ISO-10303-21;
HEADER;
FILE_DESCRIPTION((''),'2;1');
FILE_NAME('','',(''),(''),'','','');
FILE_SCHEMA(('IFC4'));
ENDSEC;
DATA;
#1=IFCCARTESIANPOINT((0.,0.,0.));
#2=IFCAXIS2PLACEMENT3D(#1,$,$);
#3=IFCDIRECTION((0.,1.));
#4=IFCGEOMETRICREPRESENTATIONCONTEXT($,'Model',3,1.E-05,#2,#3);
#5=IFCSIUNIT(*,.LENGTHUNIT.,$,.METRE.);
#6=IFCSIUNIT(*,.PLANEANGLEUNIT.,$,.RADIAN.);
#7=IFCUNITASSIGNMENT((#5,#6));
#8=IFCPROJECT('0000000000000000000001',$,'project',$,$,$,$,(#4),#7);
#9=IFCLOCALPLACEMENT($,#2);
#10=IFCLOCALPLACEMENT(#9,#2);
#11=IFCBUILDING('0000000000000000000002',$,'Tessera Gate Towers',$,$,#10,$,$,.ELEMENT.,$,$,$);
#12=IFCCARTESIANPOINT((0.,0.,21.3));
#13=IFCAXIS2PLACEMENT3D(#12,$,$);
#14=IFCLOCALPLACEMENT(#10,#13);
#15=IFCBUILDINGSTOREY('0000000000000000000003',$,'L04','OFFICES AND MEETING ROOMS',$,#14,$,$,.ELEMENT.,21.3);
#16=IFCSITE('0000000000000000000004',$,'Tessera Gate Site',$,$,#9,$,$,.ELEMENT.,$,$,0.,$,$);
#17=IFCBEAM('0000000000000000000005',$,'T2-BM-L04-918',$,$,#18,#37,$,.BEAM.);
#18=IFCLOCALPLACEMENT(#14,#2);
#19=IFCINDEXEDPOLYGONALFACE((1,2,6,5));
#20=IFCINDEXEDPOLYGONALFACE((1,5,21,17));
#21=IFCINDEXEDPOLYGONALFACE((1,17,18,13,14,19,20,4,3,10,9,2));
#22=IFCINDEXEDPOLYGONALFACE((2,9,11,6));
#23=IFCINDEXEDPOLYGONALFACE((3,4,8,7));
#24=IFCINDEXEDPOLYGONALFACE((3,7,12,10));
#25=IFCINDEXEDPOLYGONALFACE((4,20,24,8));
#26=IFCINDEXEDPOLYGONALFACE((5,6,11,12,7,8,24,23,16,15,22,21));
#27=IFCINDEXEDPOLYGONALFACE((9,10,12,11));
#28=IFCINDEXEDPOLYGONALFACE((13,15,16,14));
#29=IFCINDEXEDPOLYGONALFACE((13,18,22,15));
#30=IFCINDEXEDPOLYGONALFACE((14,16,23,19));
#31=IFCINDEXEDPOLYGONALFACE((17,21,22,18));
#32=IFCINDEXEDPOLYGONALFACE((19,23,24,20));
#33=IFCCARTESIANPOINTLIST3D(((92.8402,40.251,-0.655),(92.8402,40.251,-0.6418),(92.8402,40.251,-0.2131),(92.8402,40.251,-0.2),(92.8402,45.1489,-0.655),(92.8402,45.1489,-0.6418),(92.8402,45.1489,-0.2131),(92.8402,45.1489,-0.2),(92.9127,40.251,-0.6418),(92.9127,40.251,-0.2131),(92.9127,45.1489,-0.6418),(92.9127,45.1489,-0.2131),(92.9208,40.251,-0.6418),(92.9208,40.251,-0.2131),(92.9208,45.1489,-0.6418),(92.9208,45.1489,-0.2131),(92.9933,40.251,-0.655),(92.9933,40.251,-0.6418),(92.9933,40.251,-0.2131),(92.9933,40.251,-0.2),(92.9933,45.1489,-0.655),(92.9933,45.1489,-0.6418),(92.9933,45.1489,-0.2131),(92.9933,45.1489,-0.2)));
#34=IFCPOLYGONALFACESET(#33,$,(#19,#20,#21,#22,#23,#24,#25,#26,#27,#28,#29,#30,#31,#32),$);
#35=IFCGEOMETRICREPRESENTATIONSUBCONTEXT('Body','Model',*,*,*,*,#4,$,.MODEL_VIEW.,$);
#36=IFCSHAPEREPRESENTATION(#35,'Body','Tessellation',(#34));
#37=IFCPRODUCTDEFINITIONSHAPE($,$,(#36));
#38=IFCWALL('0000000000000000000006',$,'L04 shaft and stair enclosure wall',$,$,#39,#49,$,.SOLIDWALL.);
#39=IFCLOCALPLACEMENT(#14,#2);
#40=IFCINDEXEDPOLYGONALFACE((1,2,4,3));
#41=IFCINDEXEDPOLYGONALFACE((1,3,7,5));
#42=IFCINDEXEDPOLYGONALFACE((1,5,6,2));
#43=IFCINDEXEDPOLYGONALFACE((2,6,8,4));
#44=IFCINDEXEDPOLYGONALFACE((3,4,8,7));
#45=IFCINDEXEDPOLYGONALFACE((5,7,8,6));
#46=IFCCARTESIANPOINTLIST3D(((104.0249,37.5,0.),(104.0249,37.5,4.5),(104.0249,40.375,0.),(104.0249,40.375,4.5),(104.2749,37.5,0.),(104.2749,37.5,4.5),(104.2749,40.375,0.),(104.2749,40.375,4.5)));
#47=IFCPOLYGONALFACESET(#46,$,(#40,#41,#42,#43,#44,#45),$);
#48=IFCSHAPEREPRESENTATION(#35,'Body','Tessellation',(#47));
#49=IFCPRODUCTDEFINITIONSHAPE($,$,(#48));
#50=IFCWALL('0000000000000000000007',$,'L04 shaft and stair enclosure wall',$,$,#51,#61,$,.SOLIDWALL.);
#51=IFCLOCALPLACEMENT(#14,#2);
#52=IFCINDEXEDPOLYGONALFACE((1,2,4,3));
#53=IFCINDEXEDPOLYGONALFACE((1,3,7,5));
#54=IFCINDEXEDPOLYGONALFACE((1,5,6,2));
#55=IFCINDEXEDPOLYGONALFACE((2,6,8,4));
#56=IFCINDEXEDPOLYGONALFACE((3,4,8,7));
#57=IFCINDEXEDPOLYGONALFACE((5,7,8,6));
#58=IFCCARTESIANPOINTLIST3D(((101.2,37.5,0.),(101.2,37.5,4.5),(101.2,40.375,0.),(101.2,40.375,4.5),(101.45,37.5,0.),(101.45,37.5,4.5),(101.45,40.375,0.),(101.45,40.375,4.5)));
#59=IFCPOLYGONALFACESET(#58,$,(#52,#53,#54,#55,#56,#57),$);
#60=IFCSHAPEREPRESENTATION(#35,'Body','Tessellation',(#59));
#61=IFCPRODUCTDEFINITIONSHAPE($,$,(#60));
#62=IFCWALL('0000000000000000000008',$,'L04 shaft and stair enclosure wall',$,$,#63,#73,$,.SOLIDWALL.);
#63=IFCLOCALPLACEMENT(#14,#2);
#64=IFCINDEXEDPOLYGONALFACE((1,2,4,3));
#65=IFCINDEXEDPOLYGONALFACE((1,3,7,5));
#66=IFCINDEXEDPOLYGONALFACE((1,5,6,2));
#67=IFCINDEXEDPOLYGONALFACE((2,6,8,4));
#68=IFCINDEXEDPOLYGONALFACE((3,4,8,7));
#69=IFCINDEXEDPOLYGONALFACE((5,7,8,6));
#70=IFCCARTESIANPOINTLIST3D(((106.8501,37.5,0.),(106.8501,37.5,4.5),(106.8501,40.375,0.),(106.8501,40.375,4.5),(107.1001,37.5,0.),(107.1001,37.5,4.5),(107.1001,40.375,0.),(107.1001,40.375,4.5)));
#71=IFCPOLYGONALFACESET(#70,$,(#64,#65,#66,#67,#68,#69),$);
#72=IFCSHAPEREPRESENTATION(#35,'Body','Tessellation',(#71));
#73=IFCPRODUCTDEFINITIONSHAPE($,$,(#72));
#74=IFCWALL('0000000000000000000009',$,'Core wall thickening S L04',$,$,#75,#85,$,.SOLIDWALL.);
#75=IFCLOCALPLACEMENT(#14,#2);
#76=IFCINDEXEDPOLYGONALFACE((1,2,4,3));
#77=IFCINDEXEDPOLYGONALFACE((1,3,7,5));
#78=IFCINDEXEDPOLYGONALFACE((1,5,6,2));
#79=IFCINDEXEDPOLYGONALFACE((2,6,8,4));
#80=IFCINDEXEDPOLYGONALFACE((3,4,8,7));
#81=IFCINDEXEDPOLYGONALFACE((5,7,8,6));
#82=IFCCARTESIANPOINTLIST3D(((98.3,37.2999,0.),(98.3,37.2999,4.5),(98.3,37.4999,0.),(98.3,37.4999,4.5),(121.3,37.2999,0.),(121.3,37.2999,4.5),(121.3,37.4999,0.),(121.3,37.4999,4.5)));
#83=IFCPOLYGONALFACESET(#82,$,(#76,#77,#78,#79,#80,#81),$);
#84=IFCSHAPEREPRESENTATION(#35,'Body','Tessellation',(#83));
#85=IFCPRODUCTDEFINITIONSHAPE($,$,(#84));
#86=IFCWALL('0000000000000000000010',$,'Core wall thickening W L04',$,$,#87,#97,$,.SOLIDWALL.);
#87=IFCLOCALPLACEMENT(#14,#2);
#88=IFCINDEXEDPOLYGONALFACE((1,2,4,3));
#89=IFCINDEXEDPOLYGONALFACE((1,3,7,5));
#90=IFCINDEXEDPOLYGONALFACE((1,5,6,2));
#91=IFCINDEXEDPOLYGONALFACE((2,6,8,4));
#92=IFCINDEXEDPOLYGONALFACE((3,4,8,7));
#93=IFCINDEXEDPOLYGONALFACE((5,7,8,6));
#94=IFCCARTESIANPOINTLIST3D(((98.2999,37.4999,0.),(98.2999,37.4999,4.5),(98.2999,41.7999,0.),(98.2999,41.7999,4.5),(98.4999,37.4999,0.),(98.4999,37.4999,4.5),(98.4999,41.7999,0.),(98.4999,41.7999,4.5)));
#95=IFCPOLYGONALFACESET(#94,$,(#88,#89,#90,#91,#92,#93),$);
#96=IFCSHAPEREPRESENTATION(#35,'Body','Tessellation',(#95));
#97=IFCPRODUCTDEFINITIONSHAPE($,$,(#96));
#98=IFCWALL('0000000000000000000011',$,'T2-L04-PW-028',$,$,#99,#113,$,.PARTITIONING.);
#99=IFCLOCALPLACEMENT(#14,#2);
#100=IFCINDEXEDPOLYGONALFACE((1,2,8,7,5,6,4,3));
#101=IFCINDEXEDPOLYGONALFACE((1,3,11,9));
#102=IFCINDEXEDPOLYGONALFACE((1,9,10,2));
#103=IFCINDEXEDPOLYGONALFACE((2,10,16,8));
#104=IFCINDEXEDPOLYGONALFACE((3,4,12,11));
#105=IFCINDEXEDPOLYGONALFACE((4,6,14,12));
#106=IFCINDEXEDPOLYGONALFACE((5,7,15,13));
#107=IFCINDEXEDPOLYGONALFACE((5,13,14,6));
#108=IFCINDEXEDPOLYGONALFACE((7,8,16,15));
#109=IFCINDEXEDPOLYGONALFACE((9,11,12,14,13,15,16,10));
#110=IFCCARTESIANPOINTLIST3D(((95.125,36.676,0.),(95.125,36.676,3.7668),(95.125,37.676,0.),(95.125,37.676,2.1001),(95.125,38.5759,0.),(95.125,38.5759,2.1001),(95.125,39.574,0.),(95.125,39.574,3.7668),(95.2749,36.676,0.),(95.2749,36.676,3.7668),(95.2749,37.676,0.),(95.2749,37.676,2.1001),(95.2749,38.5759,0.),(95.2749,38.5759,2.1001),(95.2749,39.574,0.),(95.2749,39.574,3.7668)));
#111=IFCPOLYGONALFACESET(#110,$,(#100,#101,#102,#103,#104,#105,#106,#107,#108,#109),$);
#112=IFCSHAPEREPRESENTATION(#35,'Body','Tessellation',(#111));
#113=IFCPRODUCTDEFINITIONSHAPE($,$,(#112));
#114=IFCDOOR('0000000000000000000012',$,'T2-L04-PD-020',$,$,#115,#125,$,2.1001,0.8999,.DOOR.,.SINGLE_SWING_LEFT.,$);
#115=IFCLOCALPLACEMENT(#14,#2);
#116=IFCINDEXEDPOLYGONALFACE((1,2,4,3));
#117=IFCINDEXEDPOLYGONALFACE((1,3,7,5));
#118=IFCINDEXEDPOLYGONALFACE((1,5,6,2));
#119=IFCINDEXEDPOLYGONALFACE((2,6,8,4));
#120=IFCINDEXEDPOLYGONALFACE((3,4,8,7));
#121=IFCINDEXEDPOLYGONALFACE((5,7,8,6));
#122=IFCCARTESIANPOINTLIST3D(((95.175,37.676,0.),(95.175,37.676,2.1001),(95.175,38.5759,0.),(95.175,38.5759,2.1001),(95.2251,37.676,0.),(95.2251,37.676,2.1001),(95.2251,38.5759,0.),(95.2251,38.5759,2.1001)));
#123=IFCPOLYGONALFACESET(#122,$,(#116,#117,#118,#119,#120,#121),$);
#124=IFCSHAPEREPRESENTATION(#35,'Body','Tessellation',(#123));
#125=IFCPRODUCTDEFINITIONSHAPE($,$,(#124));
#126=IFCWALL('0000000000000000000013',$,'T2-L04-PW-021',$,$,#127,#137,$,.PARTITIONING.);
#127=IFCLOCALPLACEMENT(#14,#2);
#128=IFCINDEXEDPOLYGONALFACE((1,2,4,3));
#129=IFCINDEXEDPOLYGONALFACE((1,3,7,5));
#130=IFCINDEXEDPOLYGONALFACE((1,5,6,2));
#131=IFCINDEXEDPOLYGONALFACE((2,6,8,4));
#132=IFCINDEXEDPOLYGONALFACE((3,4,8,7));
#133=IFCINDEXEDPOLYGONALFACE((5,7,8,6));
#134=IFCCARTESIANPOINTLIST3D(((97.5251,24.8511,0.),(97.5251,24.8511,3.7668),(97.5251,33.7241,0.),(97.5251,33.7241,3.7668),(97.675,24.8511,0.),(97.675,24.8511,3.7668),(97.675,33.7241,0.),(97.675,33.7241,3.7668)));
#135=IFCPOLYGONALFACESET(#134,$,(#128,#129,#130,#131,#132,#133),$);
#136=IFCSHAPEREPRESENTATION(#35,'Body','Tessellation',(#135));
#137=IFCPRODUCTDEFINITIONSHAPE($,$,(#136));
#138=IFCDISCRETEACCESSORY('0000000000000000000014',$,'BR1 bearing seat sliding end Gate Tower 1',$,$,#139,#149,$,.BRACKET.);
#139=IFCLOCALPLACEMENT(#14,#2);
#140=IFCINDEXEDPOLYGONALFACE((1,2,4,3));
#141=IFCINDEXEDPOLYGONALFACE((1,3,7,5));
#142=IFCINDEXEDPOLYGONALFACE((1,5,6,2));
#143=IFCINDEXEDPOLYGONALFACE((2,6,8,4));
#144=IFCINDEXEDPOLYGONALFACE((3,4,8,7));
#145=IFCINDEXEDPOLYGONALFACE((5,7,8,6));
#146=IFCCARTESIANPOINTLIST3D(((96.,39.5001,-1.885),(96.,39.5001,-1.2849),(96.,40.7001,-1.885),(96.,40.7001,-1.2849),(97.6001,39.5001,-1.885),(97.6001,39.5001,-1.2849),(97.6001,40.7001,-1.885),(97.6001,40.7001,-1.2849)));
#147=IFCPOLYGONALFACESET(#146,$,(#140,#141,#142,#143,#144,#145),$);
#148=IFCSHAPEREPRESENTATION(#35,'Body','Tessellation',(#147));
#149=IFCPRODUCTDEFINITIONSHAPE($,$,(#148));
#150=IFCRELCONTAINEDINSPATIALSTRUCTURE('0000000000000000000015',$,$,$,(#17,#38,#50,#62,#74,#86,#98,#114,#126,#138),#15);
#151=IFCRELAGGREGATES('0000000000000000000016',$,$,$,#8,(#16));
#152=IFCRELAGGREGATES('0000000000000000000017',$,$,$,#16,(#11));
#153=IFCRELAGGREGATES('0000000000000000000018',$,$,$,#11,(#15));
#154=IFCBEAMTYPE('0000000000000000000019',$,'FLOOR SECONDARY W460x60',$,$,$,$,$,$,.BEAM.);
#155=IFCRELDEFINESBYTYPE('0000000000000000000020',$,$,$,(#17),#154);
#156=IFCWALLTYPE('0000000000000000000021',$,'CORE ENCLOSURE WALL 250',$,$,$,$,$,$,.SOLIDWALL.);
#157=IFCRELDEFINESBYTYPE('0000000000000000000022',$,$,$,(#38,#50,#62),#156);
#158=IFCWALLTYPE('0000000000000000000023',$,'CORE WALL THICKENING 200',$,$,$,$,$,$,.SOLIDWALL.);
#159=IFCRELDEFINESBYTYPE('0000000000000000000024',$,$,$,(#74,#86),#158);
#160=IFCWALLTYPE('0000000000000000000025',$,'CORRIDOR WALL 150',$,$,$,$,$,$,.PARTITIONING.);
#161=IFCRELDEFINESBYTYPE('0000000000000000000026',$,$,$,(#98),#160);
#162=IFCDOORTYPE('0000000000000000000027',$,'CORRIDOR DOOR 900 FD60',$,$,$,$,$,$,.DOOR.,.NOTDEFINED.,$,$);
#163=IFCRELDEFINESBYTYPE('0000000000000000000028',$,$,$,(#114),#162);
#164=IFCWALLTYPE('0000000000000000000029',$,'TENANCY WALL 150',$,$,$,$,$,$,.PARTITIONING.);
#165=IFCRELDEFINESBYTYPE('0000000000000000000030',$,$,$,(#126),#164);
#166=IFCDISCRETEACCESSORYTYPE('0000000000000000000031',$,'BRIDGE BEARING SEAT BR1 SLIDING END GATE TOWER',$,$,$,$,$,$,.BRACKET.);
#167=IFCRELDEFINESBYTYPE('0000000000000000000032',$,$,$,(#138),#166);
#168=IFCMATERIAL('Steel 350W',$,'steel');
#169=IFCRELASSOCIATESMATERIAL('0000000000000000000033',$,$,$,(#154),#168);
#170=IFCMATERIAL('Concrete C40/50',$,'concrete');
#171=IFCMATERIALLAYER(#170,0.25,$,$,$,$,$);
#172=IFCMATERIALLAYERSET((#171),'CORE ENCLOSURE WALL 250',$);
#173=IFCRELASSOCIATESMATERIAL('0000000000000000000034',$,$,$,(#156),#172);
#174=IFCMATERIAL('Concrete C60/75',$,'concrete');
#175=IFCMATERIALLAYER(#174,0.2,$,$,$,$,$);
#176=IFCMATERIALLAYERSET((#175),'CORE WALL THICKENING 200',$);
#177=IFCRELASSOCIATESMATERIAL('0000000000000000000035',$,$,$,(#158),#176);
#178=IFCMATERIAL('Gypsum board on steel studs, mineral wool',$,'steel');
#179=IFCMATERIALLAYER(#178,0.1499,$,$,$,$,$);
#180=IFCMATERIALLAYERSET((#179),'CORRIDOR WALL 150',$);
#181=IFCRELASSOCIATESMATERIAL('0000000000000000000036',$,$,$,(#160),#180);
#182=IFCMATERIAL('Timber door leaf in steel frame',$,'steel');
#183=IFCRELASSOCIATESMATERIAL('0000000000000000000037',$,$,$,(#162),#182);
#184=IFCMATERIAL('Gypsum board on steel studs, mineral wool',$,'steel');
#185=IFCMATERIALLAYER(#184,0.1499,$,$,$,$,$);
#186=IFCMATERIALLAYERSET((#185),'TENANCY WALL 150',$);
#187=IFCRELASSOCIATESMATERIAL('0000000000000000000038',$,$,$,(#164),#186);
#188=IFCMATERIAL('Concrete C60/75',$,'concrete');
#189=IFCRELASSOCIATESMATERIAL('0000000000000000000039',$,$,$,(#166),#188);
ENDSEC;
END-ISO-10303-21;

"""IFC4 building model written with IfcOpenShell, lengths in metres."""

from ifc_helpers import new_model, si_unit, direction, frame, frame_2d, origin, origin_2d, place, context, subcontext, project, spatial, rectangle, i_section, extrude, source, transform, mapped, material, layer, layer_set, material_profile, profile_set, type_object, element, fill, save


model = new_model("IFC4")

# Units and contexts
model_context = context("Model", 3, precision=1e-05, world=origin(), true_north=direction((0.0, 1.0)))
body_context = subcontext(model_context, "Body", "Model", "MODEL_VIEW")
ifc_project = project(units=[si_unit("LENGTHUNIT", "METRE"), si_unit("PLANEANGLEUNIT", "RADIAN")], contexts=[model_context])

# Site, building, storey
site_placement = place(None, origin())
site = spatial("IfcSite", under=ifc_project, at=site_placement, Name="Tessera Gate Site", CompositionType="ELEMENT", RefElevation=0.0)
building_placement = place(site_placement, origin())
building = spatial("IfcBuilding", under=site, at=building_placement, Name="Tessera Gate Towers", CompositionType="ELEMENT")
storey_placement = place(building_placement, frame((0.0, 0.0, 21.3)))
storey = spatial("IfcBuildingStorey", under=building, at=storey_placement, Name="L04", Description="OFFICES AND MEETING ROOMS", CompositionType="ELEMENT", Elevation=21.3)

# Beam
ifc_material_1 = material(Name="Steel 350W", Category="steel")
ifc_material_profile_1 = material_profile(ifc_material_1, i_section(OverallWidth=0.1531, OverallDepth=0.4551, WebThickness=0.0081, FlangeThickness=0.0132, at=origin_2d()), Name="W460x60")
ifc_profile_set_1 = profile_set([ifc_material_profile_1], Name="Steel 350W")
beam_type_1 = type_object("IfcBeamType", Name="FLOOR SECONDARY W460x60", PredefinedType="BEAM", material=ifc_profile_set_1)
beam_placement = place(storey_placement, frame((92.9167, 40.251, -0.4275), z_axis=(0.0, 1.0, 0.0), x_axis=(-1.0, 0.0, 0.0)))
element("IfcBeam", 1, at=beam_placement, inside=storey, type_object=beam_type_1, Name="T2-BM-L04-918", PredefinedType="BEAM", context=body_context, shape_type="SweptSolid", body=[
    extrude(i_section(OverallWidth=0.1531, OverallDepth=0.4551, WebThickness=0.0081, FlangeThickness=0.0132, at=origin_2d()), origin(), (0.0, 0.0, 1.0), 4.8979),
])

# Walls
ifc_material_2 = material(Name="Concrete C40/50", Category="concrete")
ifc_layer_1 = layer(ifc_material_2, 0.25)
ifc_layer_set_1 = layer_set([ifc_layer_1], Name="CORE ENCLOSURE WALL 250")
wall_type_1 = type_object("IfcWallType", Name="CORE ENCLOSURE WALL 250", PredefinedType="SOLIDWALL", material=ifc_layer_set_1)
for number, where, z_axis, x_axis, name in (
    (2, (104.1499, 37.5, 0.0), (0.0, 0.0, 1.0), (0.0, 1.0, 0.0), "L04 shaft and stair enclosure wall"),
    (3, (101.325, 37.5, 0.0), (0.0, 0.0, 1.0), (0.0, 1.0, 0.0), "L04 shaft and stair enclosure wall"),
    (4, (106.9751, 37.5, 0.0), (0.0, 0.0, 1.0), (0.0, 1.0, 0.0), "L04 shaft and stair enclosure wall"),
):
    element("IfcWall", number, at=place(storey_placement, frame(where, z_axis=z_axis, x_axis=x_axis)), inside=storey, type_object=wall_type_1, Name=name, PredefinedType="SOLIDWALL", context=body_context, shape_type="SweptSolid", body=[
        extrude(rectangle(XDim=2.875, YDim=0.25, at=frame_2d((1.4375, 0.0))), origin(), (0.0, 0.0, 1.0), 4.5),
    ])

# Walls
ifc_material_3 = material(Name="Concrete C60/75", Category="concrete")
ifc_layer_2 = layer(ifc_material_3, 0.2)
ifc_layer_set_2 = layer_set([ifc_layer_2], Name="CORE WALL THICKENING 200")
wall_type_2 = type_object("IfcWallType", Name="CORE WALL THICKENING 200", PredefinedType="SOLIDWALL", material=ifc_layer_set_2)
wall_1_placement = place(storey_placement, frame((98.3, 37.3999, 0.0), z_axis=(0.0, 0.0, 1.0), x_axis=(1.0, 0.0, 0.0)))
element("IfcWall", 5, at=wall_1_placement, inside=storey, type_object=wall_type_2, Name="Core wall thickening S L04", PredefinedType="SOLIDWALL", context=body_context, shape_type="SweptSolid", body=[
    extrude(rectangle(XDim=23.0, YDim=0.2, at=frame_2d((11.5, 0.0))), origin(), (0.0, 0.0, 1.0), 4.5),
])
wall_2_placement = place(storey_placement, frame((98.3999, 37.5, 0.0), z_axis=(0.0, 0.0, 1.0), x_axis=(0.0, 1.0, 0.0)))
element("IfcWall", 6, at=wall_2_placement, inside=storey, type_object=wall_type_2, Name="Core wall thickening W L04", PredefinedType="SOLIDWALL", context=body_context, shape_type="SweptSolid", body=[
    extrude(rectangle(XDim=4.3, YDim=0.2, at=frame_2d((2.1499, 0.0))), origin(), (0.0, 0.0, 1.0), 4.5),
])

# Wall, opening, door
ifc_material_4 = material(Name="Gypsum board on steel studs, mineral wool", Category="steel")
ifc_layer_3 = layer(ifc_material_4, 0.1499)
ifc_layer_set_3 = layer_set([ifc_layer_3], Name="CORRIDOR WALL 150")
wall_type_3 = type_object("IfcWallType", Name="CORRIDOR WALL 150", PredefinedType="PARTITIONING", material=ifc_layer_set_3)
wall_3_placement = place(storey_placement, frame((95.2, 36.676, 0.0), z_axis=(0.0, 0.0, 1.0), x_axis=(0.0, 1.0, 0.0)))
wall_3 = element("IfcWall", 7, at=wall_3_placement, inside=storey, type_object=wall_type_3, Name="T2-L04-PW-028", PredefinedType="PARTITIONING", context=body_context, shape_type="SweptSolid", body=[
    extrude(rectangle(XDim=2.8979, YDim=0.1499, at=frame_2d((1.449, 0.0))), origin(), (0.0, 0.0, 1.0), 3.7668),
])
shared_shape_1 = source(origin(), body_context, "Body", "SweptSolid", [
    extrude(rectangle(XDim=0.8999, YDim=2.1001, at=frame_2d((0.45, 1.05))), frame((0.0, 0.085, 0.0), z_axis=(0.0, -1.0, 0.0), x_axis=(1.0, 0.0, 0.0)), (0.0, 0.0, 1.0), 0.1699),
])
opening_1_placement = place(wall_3_placement, frame((1.0, 0.0, 0.0)))
opening_1 = element("IfcOpeningElement", 8, at=opening_1_placement, cuts=wall_3, PredefinedType="OPENING", context=body_context, shape_type="MappedRepresentation", body=[
    mapped(shared_shape_1, transform((0.0, 0.0, 0.0), scale=1.0)),
])
ifc_material_5 = material(Name="Timber door leaf in steel frame", Category="steel")
door_type_1 = type_object("IfcDoorType", Name="CORRIDOR DOOR 900 FD60", OperationType="NOTDEFINED", PredefinedType="DOOR", material=ifc_material_5)
shared_shape_2 = source(origin(), body_context, "Body", "SweptSolid", [
    extrude(rectangle(XDim=0.8999, YDim=2.1001, at=frame_2d((0.45, 1.05))), frame((0.0, 0.0249, 0.0), z_axis=(0.0, -1.0, 0.0), x_axis=(1.0, 0.0, 0.0)), (0.0, 0.0, 1.0), 0.05),
])
door_1_placement = place(opening_1_placement, origin())
door_1 = element("IfcDoor", 9, at=door_1_placement, inside=storey, type_object=door_type_1, Name="T2-L04-PD-020", OperationType="SINGLE_SWING_LEFT", OverallHeight=2.1001, OverallWidth=0.8999, PredefinedType="DOOR", context=body_context, shape_type="MappedRepresentation", body=[
    mapped(shared_shape_2, transform((0.0, 0.0, 0.0), scale=1.0)),
])
fill(opening_1, door_1)

# Wall
ifc_material_6 = material(Name="Gypsum board on steel studs, mineral wool", Category="steel")
ifc_layer_4 = layer(ifc_material_6, 0.1499)
ifc_layer_set_4 = layer_set([ifc_layer_4], Name="TENANCY WALL 150")
wall_type_4 = type_object("IfcWallType", Name="TENANCY WALL 150", PredefinedType="PARTITIONING", material=ifc_layer_set_4)
wall_4_placement = place(storey_placement, frame((97.6001, 24.8511, 0.0), z_axis=(0.0, 0.0, 1.0), x_axis=(0.0, 1.0, 0.0)))
element("IfcWall", 10, at=wall_4_placement, inside=storey, type_object=wall_type_4, Name="T2-L04-PW-021", PredefinedType="PARTITIONING", context=body_context, shape_type="SweptSolid", body=[
    extrude(rectangle(XDim=8.873, YDim=0.1499, at=frame_2d((4.4365, 0.0))), origin(), (0.0, 0.0, 1.0), 3.7668),
])

# Discrete accessory
ifc_material_7 = material(Name="Concrete C60/75", Category="concrete")
discrete_accessory_type = type_object("IfcDiscreteAccessoryType", Name="BRIDGE BEARING SEAT BR1 SLIDING END GATE TOWER", PredefinedType="BRACKET", material=ifc_material_7)
discrete_accessory_placement = place(storey_placement, frame((96.8, 40.1001, -1.885), z_axis=(0.0, 0.0, 1.0), x_axis=(1.0, 0.0, 0.0)))
element("IfcDiscreteAccessory", 11, at=discrete_accessory_placement, inside=storey, type_object=discrete_accessory_type, Name="BR1 bearing seat sliding end Gate Tower 1", PredefinedType="BRACKET", context=body_context, shape_type="SweptSolid", body=[
    extrude(rectangle(XDim=1.6001, YDim=1.2, at=origin_2d()), origin(), (0.0, 0.0, 1.0), 0.6001),
])

save(model, "model.ifc")
